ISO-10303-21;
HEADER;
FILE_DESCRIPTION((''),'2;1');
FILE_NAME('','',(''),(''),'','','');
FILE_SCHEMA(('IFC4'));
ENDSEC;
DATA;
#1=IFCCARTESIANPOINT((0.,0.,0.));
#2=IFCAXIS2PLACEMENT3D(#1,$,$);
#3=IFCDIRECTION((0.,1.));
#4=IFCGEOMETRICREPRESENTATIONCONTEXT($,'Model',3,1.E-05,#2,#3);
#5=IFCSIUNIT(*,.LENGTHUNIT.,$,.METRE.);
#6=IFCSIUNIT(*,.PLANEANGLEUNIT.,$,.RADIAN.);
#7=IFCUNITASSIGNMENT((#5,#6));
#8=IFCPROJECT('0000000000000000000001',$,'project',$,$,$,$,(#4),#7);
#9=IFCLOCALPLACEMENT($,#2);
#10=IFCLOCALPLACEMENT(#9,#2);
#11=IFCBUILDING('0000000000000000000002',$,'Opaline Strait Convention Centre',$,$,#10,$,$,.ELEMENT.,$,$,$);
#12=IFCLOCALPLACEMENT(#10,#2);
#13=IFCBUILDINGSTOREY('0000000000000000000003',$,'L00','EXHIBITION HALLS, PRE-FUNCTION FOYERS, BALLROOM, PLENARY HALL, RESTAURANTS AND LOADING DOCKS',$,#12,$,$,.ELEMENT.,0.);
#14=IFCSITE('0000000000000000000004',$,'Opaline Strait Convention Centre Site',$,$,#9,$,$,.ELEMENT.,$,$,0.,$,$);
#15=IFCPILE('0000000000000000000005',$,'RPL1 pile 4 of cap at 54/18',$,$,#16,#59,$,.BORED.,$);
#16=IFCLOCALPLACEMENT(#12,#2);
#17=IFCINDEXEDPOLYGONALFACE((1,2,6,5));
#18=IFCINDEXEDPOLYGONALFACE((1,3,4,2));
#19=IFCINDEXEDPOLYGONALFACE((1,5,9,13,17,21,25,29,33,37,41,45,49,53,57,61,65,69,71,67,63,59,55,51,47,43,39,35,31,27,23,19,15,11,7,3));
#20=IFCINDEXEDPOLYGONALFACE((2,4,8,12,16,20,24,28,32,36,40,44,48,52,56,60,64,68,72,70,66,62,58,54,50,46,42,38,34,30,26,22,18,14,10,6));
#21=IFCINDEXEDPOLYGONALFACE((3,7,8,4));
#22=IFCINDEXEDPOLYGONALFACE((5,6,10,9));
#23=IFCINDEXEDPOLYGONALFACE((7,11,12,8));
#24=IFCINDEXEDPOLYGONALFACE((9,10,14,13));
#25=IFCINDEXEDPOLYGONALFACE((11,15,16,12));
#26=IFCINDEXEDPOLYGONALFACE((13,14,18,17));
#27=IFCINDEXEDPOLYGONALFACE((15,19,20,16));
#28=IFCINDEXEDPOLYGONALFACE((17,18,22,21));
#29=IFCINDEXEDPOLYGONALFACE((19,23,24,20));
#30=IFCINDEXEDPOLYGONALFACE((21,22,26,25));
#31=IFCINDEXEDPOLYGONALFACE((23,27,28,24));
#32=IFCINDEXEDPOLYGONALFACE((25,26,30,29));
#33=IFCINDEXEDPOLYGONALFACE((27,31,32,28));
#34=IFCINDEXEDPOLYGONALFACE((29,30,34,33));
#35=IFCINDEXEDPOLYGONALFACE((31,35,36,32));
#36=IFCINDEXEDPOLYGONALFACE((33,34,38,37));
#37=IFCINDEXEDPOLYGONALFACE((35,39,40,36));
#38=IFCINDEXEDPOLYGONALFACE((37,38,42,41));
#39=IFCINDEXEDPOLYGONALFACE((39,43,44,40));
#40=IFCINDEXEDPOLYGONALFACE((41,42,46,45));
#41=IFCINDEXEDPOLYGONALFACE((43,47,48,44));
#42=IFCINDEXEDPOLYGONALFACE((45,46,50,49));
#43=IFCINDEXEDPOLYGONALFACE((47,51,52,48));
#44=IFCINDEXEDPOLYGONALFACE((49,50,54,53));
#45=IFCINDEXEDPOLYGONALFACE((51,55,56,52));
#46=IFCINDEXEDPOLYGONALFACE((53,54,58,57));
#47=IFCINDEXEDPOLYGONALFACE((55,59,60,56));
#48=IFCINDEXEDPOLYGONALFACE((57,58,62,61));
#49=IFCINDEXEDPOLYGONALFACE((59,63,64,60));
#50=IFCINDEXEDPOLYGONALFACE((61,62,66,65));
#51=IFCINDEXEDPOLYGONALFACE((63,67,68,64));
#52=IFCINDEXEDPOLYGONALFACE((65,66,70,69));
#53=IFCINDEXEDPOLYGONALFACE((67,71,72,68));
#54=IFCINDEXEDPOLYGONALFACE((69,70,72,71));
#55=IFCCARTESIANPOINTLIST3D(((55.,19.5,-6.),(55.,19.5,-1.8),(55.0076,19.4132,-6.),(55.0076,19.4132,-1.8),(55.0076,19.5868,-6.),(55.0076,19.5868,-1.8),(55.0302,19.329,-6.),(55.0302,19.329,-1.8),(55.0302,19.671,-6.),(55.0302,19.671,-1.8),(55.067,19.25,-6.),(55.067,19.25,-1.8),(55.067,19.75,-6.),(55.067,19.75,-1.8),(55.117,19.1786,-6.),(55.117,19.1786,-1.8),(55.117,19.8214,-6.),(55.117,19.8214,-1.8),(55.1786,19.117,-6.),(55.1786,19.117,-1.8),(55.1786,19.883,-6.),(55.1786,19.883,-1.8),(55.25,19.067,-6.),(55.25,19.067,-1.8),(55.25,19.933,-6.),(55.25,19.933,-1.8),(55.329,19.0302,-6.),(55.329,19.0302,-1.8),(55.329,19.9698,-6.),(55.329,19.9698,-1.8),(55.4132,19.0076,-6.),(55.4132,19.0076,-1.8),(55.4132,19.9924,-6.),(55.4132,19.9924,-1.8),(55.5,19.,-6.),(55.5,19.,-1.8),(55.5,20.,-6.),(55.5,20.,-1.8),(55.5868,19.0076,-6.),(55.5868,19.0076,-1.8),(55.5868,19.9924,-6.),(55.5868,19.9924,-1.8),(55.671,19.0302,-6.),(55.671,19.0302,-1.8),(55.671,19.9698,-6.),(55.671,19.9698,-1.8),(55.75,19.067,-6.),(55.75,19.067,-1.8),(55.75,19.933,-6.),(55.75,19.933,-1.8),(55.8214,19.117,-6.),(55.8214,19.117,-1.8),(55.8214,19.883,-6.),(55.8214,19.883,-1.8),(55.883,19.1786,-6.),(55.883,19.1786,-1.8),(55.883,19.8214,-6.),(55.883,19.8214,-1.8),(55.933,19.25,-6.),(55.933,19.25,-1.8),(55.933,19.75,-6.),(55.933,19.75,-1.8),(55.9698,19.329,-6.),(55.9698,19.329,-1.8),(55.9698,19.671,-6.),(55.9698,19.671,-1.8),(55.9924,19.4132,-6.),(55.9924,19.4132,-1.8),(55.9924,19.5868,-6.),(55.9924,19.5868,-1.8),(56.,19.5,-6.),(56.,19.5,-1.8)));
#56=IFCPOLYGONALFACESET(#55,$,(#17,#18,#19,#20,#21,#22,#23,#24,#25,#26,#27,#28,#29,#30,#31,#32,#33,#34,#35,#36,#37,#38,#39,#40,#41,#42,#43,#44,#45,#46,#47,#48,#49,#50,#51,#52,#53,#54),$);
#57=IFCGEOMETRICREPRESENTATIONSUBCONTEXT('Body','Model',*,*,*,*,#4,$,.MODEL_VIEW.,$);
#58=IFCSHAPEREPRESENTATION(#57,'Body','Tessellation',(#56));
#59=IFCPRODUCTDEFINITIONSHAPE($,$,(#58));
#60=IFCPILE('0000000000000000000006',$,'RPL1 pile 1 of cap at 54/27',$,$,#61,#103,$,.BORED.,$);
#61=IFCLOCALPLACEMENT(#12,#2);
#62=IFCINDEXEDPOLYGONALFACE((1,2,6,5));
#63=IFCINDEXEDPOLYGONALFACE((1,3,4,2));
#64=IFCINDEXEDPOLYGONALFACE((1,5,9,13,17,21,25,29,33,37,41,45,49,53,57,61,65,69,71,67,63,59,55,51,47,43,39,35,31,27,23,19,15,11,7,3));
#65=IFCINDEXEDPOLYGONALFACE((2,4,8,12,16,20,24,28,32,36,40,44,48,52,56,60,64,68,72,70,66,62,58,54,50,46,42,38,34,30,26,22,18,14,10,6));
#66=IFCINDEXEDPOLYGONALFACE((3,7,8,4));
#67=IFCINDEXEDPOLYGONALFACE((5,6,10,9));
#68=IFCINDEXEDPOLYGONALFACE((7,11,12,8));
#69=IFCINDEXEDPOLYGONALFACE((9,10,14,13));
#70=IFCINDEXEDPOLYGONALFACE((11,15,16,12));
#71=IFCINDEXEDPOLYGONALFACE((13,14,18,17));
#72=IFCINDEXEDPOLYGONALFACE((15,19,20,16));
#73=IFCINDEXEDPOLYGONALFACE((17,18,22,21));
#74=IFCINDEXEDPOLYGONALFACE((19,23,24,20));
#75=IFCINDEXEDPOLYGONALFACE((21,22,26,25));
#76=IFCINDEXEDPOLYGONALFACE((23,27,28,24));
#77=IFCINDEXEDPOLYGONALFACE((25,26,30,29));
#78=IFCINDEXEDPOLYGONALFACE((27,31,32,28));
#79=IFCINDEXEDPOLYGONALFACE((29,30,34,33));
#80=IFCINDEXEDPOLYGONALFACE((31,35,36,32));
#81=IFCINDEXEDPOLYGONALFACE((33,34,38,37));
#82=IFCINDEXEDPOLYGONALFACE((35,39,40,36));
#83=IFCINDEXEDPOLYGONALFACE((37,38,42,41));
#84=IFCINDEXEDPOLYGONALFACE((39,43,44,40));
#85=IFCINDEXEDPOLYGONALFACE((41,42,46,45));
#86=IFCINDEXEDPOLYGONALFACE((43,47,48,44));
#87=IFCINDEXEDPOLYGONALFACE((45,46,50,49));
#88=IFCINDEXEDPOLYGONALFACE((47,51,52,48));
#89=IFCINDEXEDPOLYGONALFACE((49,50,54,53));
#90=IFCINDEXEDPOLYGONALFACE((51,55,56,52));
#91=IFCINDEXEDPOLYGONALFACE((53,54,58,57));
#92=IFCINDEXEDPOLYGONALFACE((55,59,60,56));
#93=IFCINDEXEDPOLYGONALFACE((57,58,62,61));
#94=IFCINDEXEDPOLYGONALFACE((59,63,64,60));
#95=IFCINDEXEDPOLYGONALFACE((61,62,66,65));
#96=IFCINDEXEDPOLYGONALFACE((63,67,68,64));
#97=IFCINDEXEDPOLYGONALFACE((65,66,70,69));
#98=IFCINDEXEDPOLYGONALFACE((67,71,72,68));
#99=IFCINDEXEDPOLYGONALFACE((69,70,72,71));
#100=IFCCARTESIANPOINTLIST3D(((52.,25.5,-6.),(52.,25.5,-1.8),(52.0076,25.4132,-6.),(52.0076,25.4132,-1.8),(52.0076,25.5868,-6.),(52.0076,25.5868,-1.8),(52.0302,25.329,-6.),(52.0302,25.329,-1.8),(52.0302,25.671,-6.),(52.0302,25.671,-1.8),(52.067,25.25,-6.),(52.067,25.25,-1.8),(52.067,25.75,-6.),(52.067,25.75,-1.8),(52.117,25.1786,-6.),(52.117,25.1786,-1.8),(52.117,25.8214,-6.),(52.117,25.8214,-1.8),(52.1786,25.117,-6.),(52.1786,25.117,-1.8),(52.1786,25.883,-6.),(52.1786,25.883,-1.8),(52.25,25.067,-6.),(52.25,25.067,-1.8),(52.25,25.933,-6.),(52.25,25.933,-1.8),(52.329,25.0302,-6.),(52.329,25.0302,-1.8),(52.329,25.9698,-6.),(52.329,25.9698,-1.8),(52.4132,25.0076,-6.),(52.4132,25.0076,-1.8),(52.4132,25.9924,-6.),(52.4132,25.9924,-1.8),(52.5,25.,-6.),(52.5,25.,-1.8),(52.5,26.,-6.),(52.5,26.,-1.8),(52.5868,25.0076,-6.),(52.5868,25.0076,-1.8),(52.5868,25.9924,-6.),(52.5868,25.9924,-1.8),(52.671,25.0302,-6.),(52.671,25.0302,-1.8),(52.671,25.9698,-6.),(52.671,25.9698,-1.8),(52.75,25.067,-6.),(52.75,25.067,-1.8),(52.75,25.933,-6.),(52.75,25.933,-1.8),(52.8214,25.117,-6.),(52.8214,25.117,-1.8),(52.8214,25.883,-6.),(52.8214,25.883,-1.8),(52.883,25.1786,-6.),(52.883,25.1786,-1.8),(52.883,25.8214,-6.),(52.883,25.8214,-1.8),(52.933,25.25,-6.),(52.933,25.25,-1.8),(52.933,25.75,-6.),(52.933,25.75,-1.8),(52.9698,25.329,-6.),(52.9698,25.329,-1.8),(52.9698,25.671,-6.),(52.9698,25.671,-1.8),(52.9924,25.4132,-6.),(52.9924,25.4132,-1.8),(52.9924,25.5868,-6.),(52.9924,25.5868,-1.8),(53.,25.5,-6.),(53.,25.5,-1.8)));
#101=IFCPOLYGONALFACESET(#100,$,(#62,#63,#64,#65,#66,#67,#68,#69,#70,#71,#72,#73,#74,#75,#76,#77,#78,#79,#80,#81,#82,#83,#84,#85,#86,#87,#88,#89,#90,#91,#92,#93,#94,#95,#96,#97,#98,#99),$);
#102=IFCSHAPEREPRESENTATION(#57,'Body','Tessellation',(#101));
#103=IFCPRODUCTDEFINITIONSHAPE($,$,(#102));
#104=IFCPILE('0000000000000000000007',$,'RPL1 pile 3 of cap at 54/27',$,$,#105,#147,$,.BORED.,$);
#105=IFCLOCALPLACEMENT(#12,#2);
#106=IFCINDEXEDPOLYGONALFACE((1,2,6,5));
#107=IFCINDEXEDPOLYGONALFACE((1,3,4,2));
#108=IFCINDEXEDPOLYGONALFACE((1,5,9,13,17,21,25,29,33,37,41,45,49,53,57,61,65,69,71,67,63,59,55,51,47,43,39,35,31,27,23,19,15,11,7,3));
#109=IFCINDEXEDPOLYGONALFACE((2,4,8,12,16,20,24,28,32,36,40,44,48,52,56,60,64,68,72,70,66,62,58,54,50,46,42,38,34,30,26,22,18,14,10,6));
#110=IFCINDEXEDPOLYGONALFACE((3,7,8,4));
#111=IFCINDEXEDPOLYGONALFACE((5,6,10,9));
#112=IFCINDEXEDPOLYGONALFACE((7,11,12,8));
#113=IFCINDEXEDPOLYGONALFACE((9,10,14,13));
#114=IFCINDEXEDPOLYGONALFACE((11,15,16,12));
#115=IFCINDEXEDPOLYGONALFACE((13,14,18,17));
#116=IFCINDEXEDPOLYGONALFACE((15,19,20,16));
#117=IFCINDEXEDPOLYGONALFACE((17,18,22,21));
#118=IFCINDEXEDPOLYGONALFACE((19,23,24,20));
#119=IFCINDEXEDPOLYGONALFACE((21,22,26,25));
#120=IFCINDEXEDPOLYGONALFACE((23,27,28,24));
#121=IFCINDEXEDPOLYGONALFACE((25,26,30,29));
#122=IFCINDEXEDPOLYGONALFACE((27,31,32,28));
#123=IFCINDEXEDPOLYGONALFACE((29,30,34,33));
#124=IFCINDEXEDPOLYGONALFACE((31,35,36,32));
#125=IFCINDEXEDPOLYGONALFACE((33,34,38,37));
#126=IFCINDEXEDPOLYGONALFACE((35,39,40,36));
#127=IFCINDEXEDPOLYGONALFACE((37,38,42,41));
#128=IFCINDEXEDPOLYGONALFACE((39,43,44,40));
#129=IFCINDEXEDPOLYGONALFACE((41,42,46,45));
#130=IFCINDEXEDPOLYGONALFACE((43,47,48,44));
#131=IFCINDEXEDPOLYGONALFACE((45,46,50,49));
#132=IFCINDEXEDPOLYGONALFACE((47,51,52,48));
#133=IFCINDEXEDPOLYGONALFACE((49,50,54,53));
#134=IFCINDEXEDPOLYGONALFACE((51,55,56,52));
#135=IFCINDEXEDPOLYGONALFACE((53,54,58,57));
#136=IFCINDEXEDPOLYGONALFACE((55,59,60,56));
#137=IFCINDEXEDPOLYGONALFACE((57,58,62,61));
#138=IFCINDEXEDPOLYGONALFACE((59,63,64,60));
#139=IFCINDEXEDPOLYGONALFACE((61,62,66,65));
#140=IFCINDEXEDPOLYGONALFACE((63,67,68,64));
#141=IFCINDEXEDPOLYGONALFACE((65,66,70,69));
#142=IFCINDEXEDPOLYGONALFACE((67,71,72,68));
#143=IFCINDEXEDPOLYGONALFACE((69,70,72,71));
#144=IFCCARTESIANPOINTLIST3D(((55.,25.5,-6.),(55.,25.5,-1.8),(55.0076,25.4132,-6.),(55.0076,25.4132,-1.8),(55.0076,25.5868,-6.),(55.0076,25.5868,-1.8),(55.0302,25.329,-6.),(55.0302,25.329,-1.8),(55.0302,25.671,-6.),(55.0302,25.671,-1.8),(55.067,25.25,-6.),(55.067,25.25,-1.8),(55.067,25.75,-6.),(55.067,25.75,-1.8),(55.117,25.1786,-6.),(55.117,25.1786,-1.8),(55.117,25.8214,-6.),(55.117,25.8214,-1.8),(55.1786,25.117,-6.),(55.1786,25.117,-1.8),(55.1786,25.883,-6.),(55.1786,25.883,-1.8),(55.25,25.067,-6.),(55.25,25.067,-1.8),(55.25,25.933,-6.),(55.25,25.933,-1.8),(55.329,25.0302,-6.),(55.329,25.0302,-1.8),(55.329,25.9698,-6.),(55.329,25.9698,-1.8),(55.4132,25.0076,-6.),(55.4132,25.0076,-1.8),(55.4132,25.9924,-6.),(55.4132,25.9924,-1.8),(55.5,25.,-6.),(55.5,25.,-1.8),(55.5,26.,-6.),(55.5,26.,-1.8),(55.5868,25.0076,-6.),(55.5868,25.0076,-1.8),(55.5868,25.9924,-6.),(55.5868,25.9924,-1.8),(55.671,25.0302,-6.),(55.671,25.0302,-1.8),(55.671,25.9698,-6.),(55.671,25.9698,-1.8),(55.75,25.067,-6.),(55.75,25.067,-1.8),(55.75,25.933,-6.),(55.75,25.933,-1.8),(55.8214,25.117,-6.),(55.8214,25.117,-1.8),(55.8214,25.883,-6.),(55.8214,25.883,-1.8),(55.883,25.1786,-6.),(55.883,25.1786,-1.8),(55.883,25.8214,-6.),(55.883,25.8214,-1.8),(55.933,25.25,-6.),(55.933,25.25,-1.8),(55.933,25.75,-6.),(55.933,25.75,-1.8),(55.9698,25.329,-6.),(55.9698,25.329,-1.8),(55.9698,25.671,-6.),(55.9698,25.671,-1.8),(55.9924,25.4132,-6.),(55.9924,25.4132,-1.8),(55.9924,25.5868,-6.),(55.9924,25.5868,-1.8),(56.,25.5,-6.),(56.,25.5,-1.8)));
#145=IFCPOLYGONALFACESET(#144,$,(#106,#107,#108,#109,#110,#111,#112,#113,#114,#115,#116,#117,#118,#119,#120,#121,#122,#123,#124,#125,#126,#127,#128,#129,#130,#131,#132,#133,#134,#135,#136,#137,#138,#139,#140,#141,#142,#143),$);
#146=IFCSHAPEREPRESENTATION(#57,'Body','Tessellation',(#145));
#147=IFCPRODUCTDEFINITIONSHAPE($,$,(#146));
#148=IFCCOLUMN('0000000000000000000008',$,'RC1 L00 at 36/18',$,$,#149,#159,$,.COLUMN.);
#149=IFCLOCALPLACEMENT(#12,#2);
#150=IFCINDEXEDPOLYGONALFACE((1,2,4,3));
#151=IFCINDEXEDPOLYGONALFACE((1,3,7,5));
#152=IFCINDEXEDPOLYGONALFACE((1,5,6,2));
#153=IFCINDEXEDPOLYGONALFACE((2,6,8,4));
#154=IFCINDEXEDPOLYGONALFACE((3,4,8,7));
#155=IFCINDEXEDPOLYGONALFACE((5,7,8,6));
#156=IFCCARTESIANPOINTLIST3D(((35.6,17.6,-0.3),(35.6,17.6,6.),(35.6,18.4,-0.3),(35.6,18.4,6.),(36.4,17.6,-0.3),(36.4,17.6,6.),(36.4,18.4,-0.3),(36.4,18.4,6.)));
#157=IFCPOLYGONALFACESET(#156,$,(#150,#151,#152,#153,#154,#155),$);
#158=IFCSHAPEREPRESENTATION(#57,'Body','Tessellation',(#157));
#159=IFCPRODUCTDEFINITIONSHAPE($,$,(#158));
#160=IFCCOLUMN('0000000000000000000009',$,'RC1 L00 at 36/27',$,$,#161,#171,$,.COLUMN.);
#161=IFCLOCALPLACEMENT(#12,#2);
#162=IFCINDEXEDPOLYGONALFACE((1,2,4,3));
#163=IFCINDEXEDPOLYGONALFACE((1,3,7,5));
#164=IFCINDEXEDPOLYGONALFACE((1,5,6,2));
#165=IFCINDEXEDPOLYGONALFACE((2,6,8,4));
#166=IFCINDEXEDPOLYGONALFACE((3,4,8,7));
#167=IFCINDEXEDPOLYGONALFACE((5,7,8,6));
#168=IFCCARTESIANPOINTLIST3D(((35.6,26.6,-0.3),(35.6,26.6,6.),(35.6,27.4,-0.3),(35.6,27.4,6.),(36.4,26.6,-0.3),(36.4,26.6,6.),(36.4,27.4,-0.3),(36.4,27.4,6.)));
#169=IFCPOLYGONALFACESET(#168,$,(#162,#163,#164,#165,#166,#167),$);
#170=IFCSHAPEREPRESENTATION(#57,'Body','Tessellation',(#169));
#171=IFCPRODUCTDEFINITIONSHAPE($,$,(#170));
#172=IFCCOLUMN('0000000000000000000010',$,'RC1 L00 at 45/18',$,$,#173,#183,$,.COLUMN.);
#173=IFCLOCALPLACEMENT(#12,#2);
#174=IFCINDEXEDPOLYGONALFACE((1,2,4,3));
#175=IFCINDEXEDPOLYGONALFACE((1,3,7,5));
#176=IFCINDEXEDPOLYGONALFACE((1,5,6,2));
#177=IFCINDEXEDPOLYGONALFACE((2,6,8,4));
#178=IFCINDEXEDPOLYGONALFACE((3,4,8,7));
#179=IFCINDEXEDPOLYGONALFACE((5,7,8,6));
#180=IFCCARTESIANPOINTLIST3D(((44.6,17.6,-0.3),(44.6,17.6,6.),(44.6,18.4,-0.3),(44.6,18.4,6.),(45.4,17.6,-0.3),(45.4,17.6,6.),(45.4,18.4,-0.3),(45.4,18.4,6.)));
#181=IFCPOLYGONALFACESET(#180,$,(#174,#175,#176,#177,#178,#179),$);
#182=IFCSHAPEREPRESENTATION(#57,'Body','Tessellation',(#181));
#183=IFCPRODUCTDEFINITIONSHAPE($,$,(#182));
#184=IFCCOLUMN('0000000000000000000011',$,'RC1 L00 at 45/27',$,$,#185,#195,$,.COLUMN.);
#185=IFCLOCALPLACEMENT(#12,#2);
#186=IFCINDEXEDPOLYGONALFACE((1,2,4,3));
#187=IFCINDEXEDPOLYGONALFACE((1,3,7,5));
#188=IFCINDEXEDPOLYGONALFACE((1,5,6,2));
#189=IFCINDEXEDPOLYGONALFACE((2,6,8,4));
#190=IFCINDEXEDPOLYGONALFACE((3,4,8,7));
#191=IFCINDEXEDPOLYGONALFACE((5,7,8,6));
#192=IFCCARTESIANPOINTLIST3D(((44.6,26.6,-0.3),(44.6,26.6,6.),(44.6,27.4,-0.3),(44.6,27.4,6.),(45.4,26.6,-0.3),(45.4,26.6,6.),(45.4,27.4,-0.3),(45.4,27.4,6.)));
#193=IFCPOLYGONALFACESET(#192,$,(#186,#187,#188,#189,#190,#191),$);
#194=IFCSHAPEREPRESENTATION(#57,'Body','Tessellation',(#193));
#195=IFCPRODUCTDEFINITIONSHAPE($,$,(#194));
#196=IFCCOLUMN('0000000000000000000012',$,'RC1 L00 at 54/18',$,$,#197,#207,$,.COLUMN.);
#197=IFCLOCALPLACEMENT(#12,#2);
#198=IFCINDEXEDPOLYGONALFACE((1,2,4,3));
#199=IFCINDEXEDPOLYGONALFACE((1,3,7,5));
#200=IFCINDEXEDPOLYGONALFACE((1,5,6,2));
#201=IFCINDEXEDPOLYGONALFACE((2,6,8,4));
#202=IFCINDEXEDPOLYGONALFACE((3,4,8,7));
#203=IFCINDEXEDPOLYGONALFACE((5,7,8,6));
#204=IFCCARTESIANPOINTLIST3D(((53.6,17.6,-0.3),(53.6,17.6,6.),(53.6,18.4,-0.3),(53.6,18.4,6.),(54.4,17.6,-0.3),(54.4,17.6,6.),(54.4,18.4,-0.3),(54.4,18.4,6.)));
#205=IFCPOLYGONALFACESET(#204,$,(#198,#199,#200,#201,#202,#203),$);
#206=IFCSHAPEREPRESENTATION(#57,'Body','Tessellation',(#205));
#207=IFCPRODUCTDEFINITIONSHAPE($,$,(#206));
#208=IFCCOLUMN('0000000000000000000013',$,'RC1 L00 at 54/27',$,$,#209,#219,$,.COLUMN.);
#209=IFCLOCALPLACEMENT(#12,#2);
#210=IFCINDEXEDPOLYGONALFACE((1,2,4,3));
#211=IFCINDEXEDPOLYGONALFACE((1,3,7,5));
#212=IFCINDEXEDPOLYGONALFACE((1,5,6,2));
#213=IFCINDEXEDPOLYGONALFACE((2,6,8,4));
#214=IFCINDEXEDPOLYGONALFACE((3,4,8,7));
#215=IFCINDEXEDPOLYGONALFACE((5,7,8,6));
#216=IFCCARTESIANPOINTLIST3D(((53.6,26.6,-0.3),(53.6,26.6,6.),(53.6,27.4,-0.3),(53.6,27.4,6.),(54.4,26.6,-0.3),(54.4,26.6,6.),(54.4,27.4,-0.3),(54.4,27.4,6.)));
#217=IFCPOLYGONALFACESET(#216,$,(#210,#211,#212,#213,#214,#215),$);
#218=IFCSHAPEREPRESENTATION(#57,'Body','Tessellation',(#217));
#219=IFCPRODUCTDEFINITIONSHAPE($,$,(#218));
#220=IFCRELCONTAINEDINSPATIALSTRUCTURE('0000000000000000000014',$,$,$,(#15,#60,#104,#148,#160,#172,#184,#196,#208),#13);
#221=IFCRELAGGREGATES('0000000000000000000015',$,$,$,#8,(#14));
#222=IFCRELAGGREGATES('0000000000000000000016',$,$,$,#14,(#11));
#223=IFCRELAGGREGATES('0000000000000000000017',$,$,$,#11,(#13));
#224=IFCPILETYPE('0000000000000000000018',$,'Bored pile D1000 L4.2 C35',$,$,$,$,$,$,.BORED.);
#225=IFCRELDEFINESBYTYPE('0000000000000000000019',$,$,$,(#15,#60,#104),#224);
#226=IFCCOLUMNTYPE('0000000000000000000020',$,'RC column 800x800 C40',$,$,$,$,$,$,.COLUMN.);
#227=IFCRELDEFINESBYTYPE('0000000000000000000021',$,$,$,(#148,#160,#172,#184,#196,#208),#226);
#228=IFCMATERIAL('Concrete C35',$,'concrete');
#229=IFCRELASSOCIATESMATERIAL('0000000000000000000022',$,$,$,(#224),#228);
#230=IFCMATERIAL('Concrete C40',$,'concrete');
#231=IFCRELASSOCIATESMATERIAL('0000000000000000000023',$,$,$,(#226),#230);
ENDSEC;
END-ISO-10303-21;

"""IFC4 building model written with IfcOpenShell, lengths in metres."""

from ifc_helpers import new_model, si_unit, direction, frame, origin, origin_2d, place, context, subcontext, project, spatial, rectangle, circle, extrude, material, material_profile, profile_set, type_object, element, save


model = new_model("IFC4")

# Units and contexts
model_context = context("Model", 3, precision=1e-05, world=origin(), true_north=direction((0.0, 1.0)))
body_context = subcontext(model_context, "Body", "Model", "MODEL_VIEW")
ifc_project = project(units=[si_unit("LENGTHUNIT", "METRE"), si_unit("PLANEANGLEUNIT", "RADIAN")], contexts=[model_context])

# Site, building, storey
site_placement = place(None, origin())
site = spatial("IfcSite", under=ifc_project, at=site_placement, Name="Opaline Strait Convention Centre Site", CompositionType="ELEMENT", RefElevation=0.0)
building_placement = place(site_placement, origin())
building = spatial("IfcBuilding", under=site, at=building_placement, Name="Opaline Strait Convention Centre", CompositionType="ELEMENT")
storey_placement = place(building_placement, origin())
storey = spatial("IfcBuildingStorey", under=building, at=storey_placement, Name="L00", Description="EXHIBITION HALLS, PRE-FUNCTION FOYERS, BALLROOM, PLENARY HALL, RESTAURANTS AND LOADING DOCKS", CompositionType="ELEMENT", Elevation=0.0)

# Piles
ifc_material_1 = material(Name="Concrete C35", Category="concrete")
ifc_material_profile_1 = material_profile(ifc_material_1, circle(Radius=0.5, at=origin_2d()), Name="D1000")
ifc_profile_set_1 = profile_set([ifc_material_profile_1], Name="Concrete C35")
pile_type = type_object("IfcPileType", Name="Bored pile D1000 L4.2 C35", PredefinedType="BORED", material=ifc_profile_set_1)
for number, where, z_axis, x_axis, name in (
    (1, (55.5, 19.5, -1.8), (0.0, 0.0, -1.0), (1.0, 0.0, 0.0), "RPL1 pile 4 of cap at 54/18"),
    (2, (52.5, 25.5, -1.8), (0.0, 0.0, -1.0), (1.0, 0.0, 0.0), "RPL1 pile 1 of cap at 54/27"),
    (3, (55.5, 25.5, -1.8), (0.0, 0.0, -1.0), (1.0, 0.0, 0.0), "RPL1 pile 3 of cap at 54/27"),
):
    element("IfcPile", number, at=place(storey_placement, frame(where, z_axis=z_axis, x_axis=x_axis)), inside=storey, type_object=pile_type, Name=name, PredefinedType="BORED", context=body_context, shape_type="SweptSolid", body=[
        extrude(circle(Radius=0.5, at=origin_2d()), origin(), (0.0, 0.0, 1.0), 4.2),
    ])

# Columns
ifc_material_2 = material(Name="Concrete C40", Category="concrete")
ifc_material_profile_2 = material_profile(ifc_material_2, rectangle(XDim=0.8, YDim=0.8, at=origin_2d()), Name="RC 800x800")
ifc_profile_set_2 = profile_set([ifc_material_profile_2], Name="Concrete C40")
column_type = type_object("IfcColumnType", Name="RC column 800x800 C40", PredefinedType="COLUMN", material=ifc_profile_set_2)
for number, where, z_axis, x_axis, name in (
    (4, (36.0, 18.0, -0.3), (0.0, 0.0, 1.0), (1.0, 0.0, 0.0), "RC1 L00 at 36/18"),
    (5, (36.0, 27.0, -0.3), (0.0, 0.0, 1.0), (1.0, 0.0, 0.0), "RC1 L00 at 36/27"),
    (6, (45.0, 18.0, -0.3), (0.0, 0.0, 1.0), (1.0, 0.0, 0.0), "RC1 L00 at 45/18"),
    (7, (45.0, 27.0, -0.3), (0.0, 0.0, 1.0), (1.0, 0.0, 0.0), "RC1 L00 at 45/27"),
    (8, (54.0, 18.0, -0.3), (0.0, 0.0, 1.0), (1.0, 0.0, 0.0), "RC1 L00 at 54/18"),
    (9, (54.0, 27.0, -0.3), (0.0, 0.0, 1.0), (1.0, 0.0, 0.0), "RC1 L00 at 54/27"),
):
    element("IfcColumn", number, at=place(storey_placement, frame(where, z_axis=z_axis, x_axis=x_axis)), inside=storey, type_object=column_type, Name=name, PredefinedType="COLUMN", context=body_context, shape_type="SweptSolid", body=[
        extrude(rectangle(XDim=0.8, YDim=0.8, at=origin_2d()), origin(), (0.0, 0.0, 1.0), 6.3),
    ])

save(model, "model.ifc")
